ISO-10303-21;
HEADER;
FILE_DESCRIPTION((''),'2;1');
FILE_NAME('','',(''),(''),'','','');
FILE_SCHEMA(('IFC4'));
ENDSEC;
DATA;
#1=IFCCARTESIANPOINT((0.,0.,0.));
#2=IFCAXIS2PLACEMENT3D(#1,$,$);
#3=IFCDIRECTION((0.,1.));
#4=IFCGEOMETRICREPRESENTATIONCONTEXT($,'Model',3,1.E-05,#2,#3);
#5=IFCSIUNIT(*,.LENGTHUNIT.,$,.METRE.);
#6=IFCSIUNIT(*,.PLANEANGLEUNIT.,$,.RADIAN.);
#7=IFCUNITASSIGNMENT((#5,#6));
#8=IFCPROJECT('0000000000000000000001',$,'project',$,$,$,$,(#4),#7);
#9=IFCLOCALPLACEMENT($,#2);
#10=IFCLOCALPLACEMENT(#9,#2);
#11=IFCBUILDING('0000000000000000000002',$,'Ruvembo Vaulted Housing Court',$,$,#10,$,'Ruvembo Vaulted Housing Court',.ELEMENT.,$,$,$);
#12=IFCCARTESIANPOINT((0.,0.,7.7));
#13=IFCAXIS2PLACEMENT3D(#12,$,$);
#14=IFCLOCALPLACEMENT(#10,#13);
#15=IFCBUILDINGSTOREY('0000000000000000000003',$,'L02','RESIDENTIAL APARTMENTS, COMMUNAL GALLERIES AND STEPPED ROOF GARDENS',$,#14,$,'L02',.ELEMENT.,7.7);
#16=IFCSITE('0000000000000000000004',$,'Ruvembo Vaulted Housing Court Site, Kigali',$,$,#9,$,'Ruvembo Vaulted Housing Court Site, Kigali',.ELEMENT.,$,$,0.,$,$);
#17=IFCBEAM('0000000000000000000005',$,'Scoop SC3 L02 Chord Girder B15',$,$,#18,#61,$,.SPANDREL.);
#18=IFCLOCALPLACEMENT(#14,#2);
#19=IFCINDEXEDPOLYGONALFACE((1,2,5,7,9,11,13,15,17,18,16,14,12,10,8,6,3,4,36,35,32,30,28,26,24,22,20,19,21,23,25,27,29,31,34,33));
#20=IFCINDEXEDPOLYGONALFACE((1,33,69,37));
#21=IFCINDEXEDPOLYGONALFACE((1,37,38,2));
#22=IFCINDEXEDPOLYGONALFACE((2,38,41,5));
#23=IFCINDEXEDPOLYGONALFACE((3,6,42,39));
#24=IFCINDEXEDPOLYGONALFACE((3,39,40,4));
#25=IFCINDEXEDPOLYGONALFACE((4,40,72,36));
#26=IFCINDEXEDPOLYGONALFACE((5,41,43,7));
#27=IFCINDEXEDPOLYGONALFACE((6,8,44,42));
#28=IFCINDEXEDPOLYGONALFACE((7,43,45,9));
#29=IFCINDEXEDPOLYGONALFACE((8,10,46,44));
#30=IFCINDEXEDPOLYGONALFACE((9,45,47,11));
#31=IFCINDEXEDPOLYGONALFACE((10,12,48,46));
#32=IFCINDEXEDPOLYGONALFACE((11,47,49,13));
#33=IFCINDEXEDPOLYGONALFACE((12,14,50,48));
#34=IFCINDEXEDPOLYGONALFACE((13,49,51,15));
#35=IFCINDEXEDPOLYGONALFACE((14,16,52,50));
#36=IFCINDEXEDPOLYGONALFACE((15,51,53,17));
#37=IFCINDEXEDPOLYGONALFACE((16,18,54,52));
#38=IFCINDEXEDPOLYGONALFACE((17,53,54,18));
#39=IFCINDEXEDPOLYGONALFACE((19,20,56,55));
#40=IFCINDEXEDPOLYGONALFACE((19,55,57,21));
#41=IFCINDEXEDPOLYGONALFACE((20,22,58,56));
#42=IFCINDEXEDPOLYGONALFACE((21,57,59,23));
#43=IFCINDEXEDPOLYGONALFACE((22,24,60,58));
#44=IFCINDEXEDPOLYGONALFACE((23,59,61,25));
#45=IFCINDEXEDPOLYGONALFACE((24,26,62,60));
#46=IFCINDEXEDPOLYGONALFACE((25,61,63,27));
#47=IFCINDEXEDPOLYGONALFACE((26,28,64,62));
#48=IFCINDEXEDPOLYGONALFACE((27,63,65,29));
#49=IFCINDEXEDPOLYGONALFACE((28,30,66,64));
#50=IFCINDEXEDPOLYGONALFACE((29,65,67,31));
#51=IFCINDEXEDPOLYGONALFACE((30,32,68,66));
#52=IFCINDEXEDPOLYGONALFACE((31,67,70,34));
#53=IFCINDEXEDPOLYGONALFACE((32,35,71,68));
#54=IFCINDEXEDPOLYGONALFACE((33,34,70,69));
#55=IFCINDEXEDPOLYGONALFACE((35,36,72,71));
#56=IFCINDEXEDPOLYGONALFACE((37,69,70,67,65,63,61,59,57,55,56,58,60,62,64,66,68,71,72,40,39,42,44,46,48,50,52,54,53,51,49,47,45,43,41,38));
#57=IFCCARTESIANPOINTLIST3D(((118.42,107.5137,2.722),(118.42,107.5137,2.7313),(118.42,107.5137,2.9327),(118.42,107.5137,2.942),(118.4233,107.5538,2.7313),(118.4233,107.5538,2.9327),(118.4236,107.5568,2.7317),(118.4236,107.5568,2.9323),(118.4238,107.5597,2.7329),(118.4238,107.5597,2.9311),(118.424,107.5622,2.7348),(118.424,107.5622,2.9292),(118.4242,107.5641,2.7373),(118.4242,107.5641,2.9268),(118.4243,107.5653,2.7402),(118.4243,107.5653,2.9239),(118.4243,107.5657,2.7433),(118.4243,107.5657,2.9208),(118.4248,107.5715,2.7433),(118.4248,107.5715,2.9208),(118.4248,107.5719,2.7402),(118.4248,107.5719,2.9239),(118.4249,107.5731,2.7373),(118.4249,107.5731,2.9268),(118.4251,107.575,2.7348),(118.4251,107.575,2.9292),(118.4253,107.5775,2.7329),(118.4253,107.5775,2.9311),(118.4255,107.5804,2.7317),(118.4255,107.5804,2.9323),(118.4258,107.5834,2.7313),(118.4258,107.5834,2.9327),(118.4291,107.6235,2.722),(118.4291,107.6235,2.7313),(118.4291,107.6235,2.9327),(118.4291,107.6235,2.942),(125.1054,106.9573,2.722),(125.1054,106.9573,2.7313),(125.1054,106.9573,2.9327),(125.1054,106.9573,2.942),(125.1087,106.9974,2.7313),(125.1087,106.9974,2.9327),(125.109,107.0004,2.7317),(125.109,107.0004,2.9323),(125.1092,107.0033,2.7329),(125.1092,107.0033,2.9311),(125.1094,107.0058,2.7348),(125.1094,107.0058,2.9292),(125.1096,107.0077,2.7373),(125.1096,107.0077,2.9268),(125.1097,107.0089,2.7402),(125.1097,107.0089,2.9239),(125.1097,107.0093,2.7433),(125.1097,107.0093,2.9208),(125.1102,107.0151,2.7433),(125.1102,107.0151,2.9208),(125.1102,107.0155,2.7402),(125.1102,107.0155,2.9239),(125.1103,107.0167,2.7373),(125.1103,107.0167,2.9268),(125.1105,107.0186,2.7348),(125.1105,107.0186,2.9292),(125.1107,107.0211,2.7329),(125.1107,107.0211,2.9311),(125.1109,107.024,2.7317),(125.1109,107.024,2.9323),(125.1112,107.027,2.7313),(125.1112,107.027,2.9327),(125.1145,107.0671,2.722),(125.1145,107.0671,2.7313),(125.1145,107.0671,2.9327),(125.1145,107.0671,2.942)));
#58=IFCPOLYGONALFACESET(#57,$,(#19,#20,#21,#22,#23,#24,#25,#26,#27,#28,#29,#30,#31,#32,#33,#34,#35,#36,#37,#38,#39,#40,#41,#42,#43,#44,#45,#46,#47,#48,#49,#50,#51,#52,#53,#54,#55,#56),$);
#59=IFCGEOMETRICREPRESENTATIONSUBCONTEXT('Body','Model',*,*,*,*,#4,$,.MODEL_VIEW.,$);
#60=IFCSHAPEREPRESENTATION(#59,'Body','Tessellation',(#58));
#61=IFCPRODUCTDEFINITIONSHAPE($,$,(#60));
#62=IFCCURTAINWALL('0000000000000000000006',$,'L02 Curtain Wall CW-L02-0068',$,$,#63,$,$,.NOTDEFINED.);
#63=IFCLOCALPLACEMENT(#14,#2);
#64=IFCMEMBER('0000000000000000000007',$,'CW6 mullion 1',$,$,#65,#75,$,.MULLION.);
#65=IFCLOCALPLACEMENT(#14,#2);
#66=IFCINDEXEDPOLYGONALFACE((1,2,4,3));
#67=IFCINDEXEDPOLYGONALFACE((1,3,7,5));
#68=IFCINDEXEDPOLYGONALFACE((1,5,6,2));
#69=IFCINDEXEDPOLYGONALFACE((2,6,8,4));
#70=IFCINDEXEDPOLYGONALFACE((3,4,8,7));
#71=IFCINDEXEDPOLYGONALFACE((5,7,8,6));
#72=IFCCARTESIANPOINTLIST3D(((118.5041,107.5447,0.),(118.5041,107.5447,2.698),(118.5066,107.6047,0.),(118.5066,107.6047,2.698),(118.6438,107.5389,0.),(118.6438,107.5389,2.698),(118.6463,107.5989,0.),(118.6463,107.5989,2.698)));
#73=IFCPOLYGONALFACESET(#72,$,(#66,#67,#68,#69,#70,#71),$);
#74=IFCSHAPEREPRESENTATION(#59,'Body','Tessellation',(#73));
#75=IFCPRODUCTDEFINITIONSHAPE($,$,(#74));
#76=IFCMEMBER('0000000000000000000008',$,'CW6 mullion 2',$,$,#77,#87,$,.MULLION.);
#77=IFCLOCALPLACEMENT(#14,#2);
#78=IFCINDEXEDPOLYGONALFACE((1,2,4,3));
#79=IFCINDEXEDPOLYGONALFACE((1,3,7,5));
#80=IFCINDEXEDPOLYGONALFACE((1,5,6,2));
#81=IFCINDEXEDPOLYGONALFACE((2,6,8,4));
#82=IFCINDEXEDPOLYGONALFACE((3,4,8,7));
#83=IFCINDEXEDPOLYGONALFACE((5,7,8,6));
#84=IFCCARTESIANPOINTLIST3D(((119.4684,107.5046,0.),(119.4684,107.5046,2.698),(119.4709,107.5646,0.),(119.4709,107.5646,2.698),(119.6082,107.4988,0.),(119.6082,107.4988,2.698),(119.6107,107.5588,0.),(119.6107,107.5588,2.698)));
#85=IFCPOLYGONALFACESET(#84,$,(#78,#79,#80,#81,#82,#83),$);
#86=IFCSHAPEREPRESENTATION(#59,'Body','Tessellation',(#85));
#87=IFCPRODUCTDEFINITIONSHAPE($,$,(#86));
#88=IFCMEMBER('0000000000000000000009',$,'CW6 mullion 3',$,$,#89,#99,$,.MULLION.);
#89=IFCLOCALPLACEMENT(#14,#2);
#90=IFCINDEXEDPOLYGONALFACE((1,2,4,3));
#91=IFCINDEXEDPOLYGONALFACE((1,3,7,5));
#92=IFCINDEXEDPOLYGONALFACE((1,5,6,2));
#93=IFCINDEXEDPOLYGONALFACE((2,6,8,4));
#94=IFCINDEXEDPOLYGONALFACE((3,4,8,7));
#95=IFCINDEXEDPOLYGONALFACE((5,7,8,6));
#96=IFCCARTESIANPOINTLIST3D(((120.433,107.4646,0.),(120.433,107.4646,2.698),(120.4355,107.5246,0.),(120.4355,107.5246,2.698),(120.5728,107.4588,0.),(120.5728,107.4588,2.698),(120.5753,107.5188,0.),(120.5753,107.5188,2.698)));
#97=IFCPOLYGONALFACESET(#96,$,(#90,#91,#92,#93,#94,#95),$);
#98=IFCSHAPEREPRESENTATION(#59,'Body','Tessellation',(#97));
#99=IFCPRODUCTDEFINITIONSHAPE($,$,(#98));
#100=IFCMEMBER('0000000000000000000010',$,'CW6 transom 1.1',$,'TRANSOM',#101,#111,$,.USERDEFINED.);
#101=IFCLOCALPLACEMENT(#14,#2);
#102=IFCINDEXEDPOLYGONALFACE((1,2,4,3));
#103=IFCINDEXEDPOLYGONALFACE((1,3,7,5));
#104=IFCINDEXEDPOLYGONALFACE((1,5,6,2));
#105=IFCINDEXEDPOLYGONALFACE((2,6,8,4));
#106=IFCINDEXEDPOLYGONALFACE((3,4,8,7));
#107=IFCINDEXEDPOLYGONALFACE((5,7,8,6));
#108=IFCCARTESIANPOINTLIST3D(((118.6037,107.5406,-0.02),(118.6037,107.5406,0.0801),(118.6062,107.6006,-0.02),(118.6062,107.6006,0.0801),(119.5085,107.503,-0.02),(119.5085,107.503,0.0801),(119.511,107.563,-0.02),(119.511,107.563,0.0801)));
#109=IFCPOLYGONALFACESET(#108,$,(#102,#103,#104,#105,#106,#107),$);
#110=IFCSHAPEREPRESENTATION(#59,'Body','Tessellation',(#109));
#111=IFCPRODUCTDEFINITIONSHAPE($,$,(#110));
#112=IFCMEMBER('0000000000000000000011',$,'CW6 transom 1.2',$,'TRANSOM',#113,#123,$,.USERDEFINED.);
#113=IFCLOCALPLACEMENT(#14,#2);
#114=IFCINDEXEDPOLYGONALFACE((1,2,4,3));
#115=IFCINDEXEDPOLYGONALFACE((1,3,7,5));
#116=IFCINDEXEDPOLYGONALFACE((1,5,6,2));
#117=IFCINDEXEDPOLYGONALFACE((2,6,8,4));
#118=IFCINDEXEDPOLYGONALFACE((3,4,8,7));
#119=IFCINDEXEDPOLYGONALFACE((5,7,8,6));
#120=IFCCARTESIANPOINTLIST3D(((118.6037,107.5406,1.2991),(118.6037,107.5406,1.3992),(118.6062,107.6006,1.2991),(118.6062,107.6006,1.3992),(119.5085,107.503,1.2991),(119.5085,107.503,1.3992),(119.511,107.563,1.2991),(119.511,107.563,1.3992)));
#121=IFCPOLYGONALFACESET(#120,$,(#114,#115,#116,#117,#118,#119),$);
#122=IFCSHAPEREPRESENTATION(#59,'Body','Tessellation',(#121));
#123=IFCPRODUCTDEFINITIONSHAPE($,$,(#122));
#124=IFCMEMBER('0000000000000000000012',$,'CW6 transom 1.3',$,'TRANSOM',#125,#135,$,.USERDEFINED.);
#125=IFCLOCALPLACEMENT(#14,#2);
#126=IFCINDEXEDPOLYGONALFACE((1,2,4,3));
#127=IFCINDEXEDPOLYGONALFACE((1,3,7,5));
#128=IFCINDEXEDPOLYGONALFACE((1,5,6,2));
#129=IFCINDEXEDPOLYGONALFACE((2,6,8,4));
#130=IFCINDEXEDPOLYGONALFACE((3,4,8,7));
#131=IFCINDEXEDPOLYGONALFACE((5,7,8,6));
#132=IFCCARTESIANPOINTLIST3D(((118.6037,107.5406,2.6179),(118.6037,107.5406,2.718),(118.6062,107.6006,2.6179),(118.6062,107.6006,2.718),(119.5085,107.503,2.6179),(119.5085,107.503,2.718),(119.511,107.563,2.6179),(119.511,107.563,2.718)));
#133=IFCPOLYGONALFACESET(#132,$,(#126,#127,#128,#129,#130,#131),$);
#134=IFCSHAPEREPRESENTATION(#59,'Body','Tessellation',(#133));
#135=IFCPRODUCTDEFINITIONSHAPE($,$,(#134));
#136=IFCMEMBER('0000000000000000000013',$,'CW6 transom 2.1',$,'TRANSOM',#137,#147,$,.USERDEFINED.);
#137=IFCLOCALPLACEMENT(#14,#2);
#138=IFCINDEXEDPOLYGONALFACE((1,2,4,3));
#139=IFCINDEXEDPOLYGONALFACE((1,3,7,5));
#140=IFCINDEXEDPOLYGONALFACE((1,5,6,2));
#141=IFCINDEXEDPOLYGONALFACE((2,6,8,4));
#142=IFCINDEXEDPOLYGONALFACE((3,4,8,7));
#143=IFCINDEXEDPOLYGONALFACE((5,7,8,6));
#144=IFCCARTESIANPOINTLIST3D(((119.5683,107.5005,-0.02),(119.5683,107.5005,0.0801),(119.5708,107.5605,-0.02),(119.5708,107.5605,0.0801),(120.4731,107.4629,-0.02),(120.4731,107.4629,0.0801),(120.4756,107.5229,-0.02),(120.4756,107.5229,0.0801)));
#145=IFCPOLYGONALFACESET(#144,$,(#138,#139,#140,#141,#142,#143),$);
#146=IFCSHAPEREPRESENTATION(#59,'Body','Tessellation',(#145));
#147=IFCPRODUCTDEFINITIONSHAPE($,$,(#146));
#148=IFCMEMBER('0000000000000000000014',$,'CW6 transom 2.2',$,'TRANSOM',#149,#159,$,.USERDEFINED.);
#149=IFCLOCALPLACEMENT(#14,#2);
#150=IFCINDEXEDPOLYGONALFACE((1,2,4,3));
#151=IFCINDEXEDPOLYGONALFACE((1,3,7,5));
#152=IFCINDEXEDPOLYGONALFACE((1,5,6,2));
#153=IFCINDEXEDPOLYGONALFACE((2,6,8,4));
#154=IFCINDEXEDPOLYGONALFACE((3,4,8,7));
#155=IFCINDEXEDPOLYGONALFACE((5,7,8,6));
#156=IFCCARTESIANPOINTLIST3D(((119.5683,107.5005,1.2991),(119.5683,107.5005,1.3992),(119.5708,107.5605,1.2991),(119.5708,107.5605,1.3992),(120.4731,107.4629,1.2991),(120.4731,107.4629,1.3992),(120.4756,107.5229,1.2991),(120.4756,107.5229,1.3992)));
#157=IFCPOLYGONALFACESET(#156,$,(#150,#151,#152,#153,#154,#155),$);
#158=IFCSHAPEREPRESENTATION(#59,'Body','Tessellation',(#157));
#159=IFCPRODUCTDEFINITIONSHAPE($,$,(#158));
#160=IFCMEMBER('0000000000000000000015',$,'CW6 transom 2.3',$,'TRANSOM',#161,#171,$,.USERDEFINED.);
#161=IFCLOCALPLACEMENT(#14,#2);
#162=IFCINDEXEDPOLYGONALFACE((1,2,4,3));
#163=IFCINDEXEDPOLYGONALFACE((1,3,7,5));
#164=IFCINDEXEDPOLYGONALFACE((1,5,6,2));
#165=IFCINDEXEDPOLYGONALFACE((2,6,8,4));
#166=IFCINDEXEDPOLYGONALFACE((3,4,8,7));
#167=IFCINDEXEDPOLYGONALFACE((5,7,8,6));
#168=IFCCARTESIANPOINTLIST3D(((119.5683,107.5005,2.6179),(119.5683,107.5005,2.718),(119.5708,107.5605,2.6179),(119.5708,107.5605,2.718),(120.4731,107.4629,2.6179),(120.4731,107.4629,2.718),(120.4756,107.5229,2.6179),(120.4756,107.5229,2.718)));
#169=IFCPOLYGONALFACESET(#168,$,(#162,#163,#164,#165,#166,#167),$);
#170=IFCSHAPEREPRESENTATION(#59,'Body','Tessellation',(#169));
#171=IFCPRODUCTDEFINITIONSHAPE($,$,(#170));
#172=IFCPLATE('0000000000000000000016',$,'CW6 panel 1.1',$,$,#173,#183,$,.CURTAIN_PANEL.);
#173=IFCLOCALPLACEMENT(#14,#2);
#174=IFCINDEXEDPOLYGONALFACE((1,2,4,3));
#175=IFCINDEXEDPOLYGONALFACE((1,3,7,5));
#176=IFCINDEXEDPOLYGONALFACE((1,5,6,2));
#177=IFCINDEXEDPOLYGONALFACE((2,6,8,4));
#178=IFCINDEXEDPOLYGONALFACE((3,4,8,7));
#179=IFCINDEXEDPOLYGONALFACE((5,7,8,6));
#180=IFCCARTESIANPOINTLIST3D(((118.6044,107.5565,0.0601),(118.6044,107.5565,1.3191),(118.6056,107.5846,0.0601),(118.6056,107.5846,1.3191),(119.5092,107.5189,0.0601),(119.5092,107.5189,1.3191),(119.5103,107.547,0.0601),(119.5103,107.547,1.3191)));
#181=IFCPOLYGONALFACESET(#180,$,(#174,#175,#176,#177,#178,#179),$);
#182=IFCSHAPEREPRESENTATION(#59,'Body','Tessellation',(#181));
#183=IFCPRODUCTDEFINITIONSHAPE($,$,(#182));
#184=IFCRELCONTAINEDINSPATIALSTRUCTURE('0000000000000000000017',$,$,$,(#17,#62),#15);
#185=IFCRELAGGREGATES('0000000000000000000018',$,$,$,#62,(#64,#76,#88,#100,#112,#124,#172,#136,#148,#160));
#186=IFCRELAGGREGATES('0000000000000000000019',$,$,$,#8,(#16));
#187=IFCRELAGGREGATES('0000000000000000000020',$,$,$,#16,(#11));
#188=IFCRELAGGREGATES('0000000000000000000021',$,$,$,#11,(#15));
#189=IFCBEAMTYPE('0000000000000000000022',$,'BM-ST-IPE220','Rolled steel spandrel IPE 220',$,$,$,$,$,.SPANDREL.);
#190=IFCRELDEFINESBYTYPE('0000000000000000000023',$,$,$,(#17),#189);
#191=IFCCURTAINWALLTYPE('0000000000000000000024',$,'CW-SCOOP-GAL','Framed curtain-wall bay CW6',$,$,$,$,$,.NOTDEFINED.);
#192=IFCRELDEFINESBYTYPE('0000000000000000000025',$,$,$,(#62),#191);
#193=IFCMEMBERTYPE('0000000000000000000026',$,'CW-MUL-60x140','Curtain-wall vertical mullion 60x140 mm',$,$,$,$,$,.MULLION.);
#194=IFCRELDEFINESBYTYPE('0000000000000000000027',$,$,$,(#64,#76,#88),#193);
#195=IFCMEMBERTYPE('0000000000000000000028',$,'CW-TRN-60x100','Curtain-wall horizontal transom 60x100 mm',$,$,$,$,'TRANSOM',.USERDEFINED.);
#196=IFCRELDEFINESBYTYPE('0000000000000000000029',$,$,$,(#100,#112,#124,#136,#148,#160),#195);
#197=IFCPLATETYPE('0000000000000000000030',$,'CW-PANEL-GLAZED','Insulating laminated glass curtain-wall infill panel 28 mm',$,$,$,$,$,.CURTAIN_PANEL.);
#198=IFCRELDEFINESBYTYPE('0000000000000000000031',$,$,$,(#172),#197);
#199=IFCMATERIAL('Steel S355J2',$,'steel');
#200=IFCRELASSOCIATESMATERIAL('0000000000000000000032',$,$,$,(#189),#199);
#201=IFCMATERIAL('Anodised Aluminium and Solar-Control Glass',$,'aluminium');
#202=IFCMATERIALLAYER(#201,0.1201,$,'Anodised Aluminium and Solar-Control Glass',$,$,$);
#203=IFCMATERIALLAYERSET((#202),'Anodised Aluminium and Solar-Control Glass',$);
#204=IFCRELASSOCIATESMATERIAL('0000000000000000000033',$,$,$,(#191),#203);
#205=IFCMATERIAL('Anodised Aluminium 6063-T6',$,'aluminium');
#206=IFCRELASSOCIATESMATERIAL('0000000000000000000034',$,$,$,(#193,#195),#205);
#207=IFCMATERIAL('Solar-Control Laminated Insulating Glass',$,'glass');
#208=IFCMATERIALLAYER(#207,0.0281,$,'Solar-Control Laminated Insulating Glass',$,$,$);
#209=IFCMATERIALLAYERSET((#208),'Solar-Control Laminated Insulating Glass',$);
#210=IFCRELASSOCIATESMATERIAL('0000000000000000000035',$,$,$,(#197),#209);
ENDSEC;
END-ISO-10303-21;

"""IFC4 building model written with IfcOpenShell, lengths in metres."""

from ifc_helpers import new_model, si_unit, direction, frame, origin, origin_2d, place, context, subcontext, project, spatial, rectangle, i_section, extrude, material, layer, layer_set, material_profile, profile_set, type_object, element, aggregate, save


model = new_model("IFC4")

# Units and contexts
model_context = context("Model", 3, precision=1e-05, world=origin(), true_north=direction((0.0, 1.0)))
body_context = subcontext(model_context, "Body", "Model", "MODEL_VIEW")
ifc_project = project(units=[si_unit("LENGTHUNIT", "METRE"), si_unit("PLANEANGLEUNIT", "RADIAN")], contexts=[model_context])

# Site, building, storey
site_placement = place(None, origin())
site = spatial("IfcSite", under=ifc_project, at=site_placement, Name="Ruvembo Vaulted Housing Court Site, Kigali", LongName="Ruvembo Vaulted Housing Court Site, Kigali", CompositionType="ELEMENT", RefElevation=0.0)
building_placement = place(site_placement, origin())
building = spatial("IfcBuilding", under=site, at=building_placement, Name="Ruvembo Vaulted Housing Court", LongName="Ruvembo Vaulted Housing Court", CompositionType="ELEMENT")
storey_placement = place(building_placement, frame((0.0, 0.0, 7.7)))
storey = spatial("IfcBuildingStorey", under=building, at=storey_placement, Name="L02", Description="RESIDENTIAL APARTMENTS, COMMUNAL GALLERIES AND STEPPED ROOF GARDENS", LongName="L02", CompositionType="ELEMENT", Elevation=7.7)

# Beam
ifc_material_1 = material(Name="Steel S355J2", Category="steel")
ifc_material_profile_1 = material_profile(ifc_material_1, i_section(OverallWidth=0.1101, OverallDepth=0.22, WebThickness=0.0059, FlangeThickness=0.0093, FilletRadius=0.012, at=origin_2d()), Name="IPE 220")
ifc_profile_set_1 = profile_set([ifc_material_profile_1], Name="Steel S355J2")
beam_type_1 = type_object("IfcBeamType", Name="BM-ST-IPE220", Description="Rolled steel spandrel IPE 220", PredefinedType="SPANDREL", material=ifc_profile_set_1)
beam_1_placement = place(storey_placement, frame((118.4246, 107.5686, 2.832), z_axis=(0.996555, -0.08294, 0.0), x_axis=(0.08294, 0.996555, 0.0)))
element("IfcBeam", 1, at=beam_1_placement, inside=storey, type_object=beam_type_1, Name="Scoop SC3 L02 Chord Girder B15", PredefinedType="SPANDREL", context=body_context, shape_type="SweptSolid", body=[
    extrude(i_section(OverallWidth=0.1101, OverallDepth=0.22, WebThickness=0.0059, FlangeThickness=0.0093, FilletRadius=0.012, at=origin_2d()), origin(), (0.0, 0.0, 1.0), 6.7085),
])

# Curtain wall, members, plate
ifc_material_2 = material(Name="Anodised Aluminium and Solar-Control Glass", Category="aluminium")
ifc_layer_1 = layer(ifc_material_2, 0.1201, Name="Anodised Aluminium and Solar-Control Glass")
ifc_layer_set_1 = layer_set([ifc_layer_1], Name="Anodised Aluminium and Solar-Control Glass")
curtain_wall_type = type_object("IfcCurtainWallType", Name="CW-SCOOP-GAL", Description="Framed curtain-wall bay CW6", PredefinedType="NOTDEFINED", material=ifc_layer_set_1)
curtain_wall_placement = place(storey_placement, origin())
curtain_wall = element("IfcCurtainWall", 2, at=curtain_wall_placement, inside=storey, type_object=curtain_wall_type, Name="L02 Curtain Wall CW-L02-0068", PredefinedType="NOTDEFINED")
ifc_material_3 = material(Name="Anodised Aluminium 6063-T6", Category="aluminium")
ifc_material_profile_2 = material_profile(ifc_material_3, rectangle(XDim=0.0601, YDim=0.1399, at=origin_2d()), Name="ALU 60x140")
ifc_profile_set_2 = profile_set([ifc_material_profile_2], Name="Anodised Aluminium 6063-T6")
member_type_1 = type_object("IfcMemberType", Name="CW-MUL-60x140", Description="Curtain-wall vertical mullion 60x140 mm", PredefinedType="MULLION", material=ifc_profile_set_2)
member_1_placement = place(storey_placement, frame((118.5752, 107.5718, 0.0), z_axis=(0.0, 0.0, 1.0), x_axis=(0.041491, 0.999139, 0.0)))
member_1 = element("IfcMember", 3, at=member_1_placement, type_object=member_type_1, Name="CW6 mullion 1", PredefinedType="MULLION", context=body_context, shape_type="SweptSolid", body=[
    extrude(rectangle(XDim=0.0601, YDim=0.1399, at=origin_2d()), origin(), (0.0, 0.0, 1.0), 2.698),
])
member_2_placement = place(storey_placement, frame((119.5396, 107.5317, 0.0), z_axis=(0.0, 0.0, 1.0), x_axis=(0.041491, 0.999139, 0.0)))
member_2 = element("IfcMember", 4, at=member_2_placement, type_object=member_type_1, Name="CW6 mullion 2", PredefinedType="MULLION", context=body_context, shape_type="SweptSolid", body=[
    extrude(rectangle(XDim=0.0601, YDim=0.1399, at=origin_2d()), origin(), (0.0, 0.0, 1.0), 2.698),
])
member_3_placement = place(storey_placement, frame((120.5042, 107.4917, 0.0), z_axis=(0.0, 0.0, 1.0), x_axis=(0.041491, 0.999139, 0.0)))
member_3 = element("IfcMember", 5, at=member_3_placement, type_object=member_type_1, Name="CW6 mullion 3", PredefinedType="MULLION", context=body_context, shape_type="SweptSolid", body=[
    extrude(rectangle(XDim=0.0601, YDim=0.1399, at=origin_2d()), origin(), (0.0, 0.0, 1.0), 2.698),
])
ifc_material_profile_3 = material_profile(ifc_material_3, rectangle(XDim=0.0601, YDim=0.1001, at=origin_2d()), Name="ALU 60x100")
ifc_profile_set_3 = profile_set([ifc_material_profile_3], Name="Anodised Aluminium 6063-T6")
member_type_2 = type_object("IfcMemberType", Name="CW-TRN-60x100", Description="Curtain-wall horizontal transom 60x100 mm", ElementType="TRANSOM", PredefinedType="USERDEFINED", material=ifc_profile_set_3)
member_4_placement = place(storey_placement, frame((118.605, 107.5706, 0.03), z_axis=(0.999138, -0.041518, 0.0), x_axis=(0.041518, 0.999138, 0.0)))
member_4 = element("IfcMember", 6, at=member_4_placement, type_object=member_type_2, Name="CW6 transom 1.1", ObjectType="TRANSOM", PredefinedType="USERDEFINED", context=body_context, shape_type="SweptSolid", body=[
    extrude(rectangle(XDim=0.0601, YDim=0.1001, at=origin_2d()), origin(), (0.0, 0.0, 1.0), 0.9055),
])
member_5_placement = place(storey_placement, frame((118.605, 107.5706, 1.3491), z_axis=(0.999138, -0.041518, 0.0), x_axis=(0.041518, 0.999138, 0.0)))
member_5 = element("IfcMember", 7, at=member_5_placement, type_object=member_type_2, Name="CW6 transom 1.2", ObjectType="TRANSOM", PredefinedType="USERDEFINED", context=body_context, shape_type="SweptSolid", body=[
    extrude(rectangle(XDim=0.0601, YDim=0.1001, at=origin_2d()), origin(), (0.0, 0.0, 1.0), 0.9055),
])
member_6_placement = place(storey_placement, frame((118.605, 107.5706, 2.668), z_axis=(0.999138, -0.041518, 0.0), x_axis=(0.041518, 0.999138, 0.0)))
member_6 = element("IfcMember", 8, at=member_6_placement, type_object=member_type_2, Name="CW6 transom 1.3", ObjectType="TRANSOM", PredefinedType="USERDEFINED", context=body_context, shape_type="SweptSolid", body=[
    extrude(rectangle(XDim=0.0601, YDim=0.1001, at=origin_2d()), origin(), (0.0, 0.0, 1.0), 0.9055),
])
member_7_placement = place(storey_placement, frame((119.5696, 107.5305, 0.03), z_axis=(0.999138, -0.041518, 0.0), x_axis=(0.041518, 0.999138, 0.0)))
member_7 = element("IfcMember", 9, at=member_7_placement, type_object=member_type_2, Name="CW6 transom 2.1", ObjectType="TRANSOM", PredefinedType="USERDEFINED", context=body_context, shape_type="SweptSolid", body=[
    extrude(rectangle(XDim=0.0601, YDim=0.1001, at=origin_2d()), origin(), (0.0, 0.0, 1.0), 0.9055),
])
member_8_placement = place(storey_placement, frame((119.5696, 107.5305, 1.3491), z_axis=(0.999138, -0.041518, 0.0), x_axis=(0.041518, 0.999138, 0.0)))
member_8 = element("IfcMember", 10, at=member_8_placement, type_object=member_type_2, Name="CW6 transom 2.2", ObjectType="TRANSOM", PredefinedType="USERDEFINED", context=body_context, shape_type="SweptSolid", body=[
    extrude(rectangle(XDim=0.0601, YDim=0.1001, at=origin_2d()), origin(), (0.0, 0.0, 1.0), 0.9055),
])
member_9_placement = place(storey_placement, frame((119.5696, 107.5305, 2.668), z_axis=(0.999138, -0.041518, 0.0), x_axis=(0.041518, 0.999138, 0.0)))
member_9 = element("IfcMember", 11, at=member_9_placement, type_object=member_type_2, Name="CW6 transom 2.3", ObjectType="TRANSOM", PredefinedType="USERDEFINED", context=body_context, shape_type="SweptSolid", body=[
    extrude(rectangle(XDim=0.0601, YDim=0.1001, at=origin_2d()), origin(), (0.0, 0.0, 1.0), 0.9055),
])
ifc_material_4 = material(Name="Solar-Control Laminated Insulating Glass", Category="glass")
ifc_layer_2 = layer(ifc_material_4, 0.0281, Name="Solar-Control Laminated Insulating Glass")
ifc_layer_set_2 = layer_set([ifc_layer_2], Name="Solar-Control Laminated Insulating Glass")
plate_type = type_object("IfcPlateType", Name="CW-PANEL-GLAZED", Description="Insulating laminated glass curtain-wall infill panel 28 mm", PredefinedType="CURTAIN_PANEL", material=ifc_layer_set_2)
plate_1_placement = place(storey_placement, frame((119.0574, 107.5518, 0.0601), z_axis=(0.0, 0.0, 1.0), x_axis=(0.999139, -0.041491, 0.0)))
plate_1 = element("IfcPlate", 12, at=plate_1_placement, type_object=plate_type, Name="CW6 panel 1.1", PredefinedType="CURTAIN_PANEL", context=body_context, shape_type="SweptSolid", body=[
    extrude(rectangle(XDim=0.9055, YDim=0.0281, at=origin_2d()), origin(), (0.0, 0.0, 1.0), 1.259),
])
aggregate(curtain_wall, [member_1, member_2, member_3, member_4, member_5, member_6, plate_1, member_7, member_8, member_9])

save(model, "model.ifc")
